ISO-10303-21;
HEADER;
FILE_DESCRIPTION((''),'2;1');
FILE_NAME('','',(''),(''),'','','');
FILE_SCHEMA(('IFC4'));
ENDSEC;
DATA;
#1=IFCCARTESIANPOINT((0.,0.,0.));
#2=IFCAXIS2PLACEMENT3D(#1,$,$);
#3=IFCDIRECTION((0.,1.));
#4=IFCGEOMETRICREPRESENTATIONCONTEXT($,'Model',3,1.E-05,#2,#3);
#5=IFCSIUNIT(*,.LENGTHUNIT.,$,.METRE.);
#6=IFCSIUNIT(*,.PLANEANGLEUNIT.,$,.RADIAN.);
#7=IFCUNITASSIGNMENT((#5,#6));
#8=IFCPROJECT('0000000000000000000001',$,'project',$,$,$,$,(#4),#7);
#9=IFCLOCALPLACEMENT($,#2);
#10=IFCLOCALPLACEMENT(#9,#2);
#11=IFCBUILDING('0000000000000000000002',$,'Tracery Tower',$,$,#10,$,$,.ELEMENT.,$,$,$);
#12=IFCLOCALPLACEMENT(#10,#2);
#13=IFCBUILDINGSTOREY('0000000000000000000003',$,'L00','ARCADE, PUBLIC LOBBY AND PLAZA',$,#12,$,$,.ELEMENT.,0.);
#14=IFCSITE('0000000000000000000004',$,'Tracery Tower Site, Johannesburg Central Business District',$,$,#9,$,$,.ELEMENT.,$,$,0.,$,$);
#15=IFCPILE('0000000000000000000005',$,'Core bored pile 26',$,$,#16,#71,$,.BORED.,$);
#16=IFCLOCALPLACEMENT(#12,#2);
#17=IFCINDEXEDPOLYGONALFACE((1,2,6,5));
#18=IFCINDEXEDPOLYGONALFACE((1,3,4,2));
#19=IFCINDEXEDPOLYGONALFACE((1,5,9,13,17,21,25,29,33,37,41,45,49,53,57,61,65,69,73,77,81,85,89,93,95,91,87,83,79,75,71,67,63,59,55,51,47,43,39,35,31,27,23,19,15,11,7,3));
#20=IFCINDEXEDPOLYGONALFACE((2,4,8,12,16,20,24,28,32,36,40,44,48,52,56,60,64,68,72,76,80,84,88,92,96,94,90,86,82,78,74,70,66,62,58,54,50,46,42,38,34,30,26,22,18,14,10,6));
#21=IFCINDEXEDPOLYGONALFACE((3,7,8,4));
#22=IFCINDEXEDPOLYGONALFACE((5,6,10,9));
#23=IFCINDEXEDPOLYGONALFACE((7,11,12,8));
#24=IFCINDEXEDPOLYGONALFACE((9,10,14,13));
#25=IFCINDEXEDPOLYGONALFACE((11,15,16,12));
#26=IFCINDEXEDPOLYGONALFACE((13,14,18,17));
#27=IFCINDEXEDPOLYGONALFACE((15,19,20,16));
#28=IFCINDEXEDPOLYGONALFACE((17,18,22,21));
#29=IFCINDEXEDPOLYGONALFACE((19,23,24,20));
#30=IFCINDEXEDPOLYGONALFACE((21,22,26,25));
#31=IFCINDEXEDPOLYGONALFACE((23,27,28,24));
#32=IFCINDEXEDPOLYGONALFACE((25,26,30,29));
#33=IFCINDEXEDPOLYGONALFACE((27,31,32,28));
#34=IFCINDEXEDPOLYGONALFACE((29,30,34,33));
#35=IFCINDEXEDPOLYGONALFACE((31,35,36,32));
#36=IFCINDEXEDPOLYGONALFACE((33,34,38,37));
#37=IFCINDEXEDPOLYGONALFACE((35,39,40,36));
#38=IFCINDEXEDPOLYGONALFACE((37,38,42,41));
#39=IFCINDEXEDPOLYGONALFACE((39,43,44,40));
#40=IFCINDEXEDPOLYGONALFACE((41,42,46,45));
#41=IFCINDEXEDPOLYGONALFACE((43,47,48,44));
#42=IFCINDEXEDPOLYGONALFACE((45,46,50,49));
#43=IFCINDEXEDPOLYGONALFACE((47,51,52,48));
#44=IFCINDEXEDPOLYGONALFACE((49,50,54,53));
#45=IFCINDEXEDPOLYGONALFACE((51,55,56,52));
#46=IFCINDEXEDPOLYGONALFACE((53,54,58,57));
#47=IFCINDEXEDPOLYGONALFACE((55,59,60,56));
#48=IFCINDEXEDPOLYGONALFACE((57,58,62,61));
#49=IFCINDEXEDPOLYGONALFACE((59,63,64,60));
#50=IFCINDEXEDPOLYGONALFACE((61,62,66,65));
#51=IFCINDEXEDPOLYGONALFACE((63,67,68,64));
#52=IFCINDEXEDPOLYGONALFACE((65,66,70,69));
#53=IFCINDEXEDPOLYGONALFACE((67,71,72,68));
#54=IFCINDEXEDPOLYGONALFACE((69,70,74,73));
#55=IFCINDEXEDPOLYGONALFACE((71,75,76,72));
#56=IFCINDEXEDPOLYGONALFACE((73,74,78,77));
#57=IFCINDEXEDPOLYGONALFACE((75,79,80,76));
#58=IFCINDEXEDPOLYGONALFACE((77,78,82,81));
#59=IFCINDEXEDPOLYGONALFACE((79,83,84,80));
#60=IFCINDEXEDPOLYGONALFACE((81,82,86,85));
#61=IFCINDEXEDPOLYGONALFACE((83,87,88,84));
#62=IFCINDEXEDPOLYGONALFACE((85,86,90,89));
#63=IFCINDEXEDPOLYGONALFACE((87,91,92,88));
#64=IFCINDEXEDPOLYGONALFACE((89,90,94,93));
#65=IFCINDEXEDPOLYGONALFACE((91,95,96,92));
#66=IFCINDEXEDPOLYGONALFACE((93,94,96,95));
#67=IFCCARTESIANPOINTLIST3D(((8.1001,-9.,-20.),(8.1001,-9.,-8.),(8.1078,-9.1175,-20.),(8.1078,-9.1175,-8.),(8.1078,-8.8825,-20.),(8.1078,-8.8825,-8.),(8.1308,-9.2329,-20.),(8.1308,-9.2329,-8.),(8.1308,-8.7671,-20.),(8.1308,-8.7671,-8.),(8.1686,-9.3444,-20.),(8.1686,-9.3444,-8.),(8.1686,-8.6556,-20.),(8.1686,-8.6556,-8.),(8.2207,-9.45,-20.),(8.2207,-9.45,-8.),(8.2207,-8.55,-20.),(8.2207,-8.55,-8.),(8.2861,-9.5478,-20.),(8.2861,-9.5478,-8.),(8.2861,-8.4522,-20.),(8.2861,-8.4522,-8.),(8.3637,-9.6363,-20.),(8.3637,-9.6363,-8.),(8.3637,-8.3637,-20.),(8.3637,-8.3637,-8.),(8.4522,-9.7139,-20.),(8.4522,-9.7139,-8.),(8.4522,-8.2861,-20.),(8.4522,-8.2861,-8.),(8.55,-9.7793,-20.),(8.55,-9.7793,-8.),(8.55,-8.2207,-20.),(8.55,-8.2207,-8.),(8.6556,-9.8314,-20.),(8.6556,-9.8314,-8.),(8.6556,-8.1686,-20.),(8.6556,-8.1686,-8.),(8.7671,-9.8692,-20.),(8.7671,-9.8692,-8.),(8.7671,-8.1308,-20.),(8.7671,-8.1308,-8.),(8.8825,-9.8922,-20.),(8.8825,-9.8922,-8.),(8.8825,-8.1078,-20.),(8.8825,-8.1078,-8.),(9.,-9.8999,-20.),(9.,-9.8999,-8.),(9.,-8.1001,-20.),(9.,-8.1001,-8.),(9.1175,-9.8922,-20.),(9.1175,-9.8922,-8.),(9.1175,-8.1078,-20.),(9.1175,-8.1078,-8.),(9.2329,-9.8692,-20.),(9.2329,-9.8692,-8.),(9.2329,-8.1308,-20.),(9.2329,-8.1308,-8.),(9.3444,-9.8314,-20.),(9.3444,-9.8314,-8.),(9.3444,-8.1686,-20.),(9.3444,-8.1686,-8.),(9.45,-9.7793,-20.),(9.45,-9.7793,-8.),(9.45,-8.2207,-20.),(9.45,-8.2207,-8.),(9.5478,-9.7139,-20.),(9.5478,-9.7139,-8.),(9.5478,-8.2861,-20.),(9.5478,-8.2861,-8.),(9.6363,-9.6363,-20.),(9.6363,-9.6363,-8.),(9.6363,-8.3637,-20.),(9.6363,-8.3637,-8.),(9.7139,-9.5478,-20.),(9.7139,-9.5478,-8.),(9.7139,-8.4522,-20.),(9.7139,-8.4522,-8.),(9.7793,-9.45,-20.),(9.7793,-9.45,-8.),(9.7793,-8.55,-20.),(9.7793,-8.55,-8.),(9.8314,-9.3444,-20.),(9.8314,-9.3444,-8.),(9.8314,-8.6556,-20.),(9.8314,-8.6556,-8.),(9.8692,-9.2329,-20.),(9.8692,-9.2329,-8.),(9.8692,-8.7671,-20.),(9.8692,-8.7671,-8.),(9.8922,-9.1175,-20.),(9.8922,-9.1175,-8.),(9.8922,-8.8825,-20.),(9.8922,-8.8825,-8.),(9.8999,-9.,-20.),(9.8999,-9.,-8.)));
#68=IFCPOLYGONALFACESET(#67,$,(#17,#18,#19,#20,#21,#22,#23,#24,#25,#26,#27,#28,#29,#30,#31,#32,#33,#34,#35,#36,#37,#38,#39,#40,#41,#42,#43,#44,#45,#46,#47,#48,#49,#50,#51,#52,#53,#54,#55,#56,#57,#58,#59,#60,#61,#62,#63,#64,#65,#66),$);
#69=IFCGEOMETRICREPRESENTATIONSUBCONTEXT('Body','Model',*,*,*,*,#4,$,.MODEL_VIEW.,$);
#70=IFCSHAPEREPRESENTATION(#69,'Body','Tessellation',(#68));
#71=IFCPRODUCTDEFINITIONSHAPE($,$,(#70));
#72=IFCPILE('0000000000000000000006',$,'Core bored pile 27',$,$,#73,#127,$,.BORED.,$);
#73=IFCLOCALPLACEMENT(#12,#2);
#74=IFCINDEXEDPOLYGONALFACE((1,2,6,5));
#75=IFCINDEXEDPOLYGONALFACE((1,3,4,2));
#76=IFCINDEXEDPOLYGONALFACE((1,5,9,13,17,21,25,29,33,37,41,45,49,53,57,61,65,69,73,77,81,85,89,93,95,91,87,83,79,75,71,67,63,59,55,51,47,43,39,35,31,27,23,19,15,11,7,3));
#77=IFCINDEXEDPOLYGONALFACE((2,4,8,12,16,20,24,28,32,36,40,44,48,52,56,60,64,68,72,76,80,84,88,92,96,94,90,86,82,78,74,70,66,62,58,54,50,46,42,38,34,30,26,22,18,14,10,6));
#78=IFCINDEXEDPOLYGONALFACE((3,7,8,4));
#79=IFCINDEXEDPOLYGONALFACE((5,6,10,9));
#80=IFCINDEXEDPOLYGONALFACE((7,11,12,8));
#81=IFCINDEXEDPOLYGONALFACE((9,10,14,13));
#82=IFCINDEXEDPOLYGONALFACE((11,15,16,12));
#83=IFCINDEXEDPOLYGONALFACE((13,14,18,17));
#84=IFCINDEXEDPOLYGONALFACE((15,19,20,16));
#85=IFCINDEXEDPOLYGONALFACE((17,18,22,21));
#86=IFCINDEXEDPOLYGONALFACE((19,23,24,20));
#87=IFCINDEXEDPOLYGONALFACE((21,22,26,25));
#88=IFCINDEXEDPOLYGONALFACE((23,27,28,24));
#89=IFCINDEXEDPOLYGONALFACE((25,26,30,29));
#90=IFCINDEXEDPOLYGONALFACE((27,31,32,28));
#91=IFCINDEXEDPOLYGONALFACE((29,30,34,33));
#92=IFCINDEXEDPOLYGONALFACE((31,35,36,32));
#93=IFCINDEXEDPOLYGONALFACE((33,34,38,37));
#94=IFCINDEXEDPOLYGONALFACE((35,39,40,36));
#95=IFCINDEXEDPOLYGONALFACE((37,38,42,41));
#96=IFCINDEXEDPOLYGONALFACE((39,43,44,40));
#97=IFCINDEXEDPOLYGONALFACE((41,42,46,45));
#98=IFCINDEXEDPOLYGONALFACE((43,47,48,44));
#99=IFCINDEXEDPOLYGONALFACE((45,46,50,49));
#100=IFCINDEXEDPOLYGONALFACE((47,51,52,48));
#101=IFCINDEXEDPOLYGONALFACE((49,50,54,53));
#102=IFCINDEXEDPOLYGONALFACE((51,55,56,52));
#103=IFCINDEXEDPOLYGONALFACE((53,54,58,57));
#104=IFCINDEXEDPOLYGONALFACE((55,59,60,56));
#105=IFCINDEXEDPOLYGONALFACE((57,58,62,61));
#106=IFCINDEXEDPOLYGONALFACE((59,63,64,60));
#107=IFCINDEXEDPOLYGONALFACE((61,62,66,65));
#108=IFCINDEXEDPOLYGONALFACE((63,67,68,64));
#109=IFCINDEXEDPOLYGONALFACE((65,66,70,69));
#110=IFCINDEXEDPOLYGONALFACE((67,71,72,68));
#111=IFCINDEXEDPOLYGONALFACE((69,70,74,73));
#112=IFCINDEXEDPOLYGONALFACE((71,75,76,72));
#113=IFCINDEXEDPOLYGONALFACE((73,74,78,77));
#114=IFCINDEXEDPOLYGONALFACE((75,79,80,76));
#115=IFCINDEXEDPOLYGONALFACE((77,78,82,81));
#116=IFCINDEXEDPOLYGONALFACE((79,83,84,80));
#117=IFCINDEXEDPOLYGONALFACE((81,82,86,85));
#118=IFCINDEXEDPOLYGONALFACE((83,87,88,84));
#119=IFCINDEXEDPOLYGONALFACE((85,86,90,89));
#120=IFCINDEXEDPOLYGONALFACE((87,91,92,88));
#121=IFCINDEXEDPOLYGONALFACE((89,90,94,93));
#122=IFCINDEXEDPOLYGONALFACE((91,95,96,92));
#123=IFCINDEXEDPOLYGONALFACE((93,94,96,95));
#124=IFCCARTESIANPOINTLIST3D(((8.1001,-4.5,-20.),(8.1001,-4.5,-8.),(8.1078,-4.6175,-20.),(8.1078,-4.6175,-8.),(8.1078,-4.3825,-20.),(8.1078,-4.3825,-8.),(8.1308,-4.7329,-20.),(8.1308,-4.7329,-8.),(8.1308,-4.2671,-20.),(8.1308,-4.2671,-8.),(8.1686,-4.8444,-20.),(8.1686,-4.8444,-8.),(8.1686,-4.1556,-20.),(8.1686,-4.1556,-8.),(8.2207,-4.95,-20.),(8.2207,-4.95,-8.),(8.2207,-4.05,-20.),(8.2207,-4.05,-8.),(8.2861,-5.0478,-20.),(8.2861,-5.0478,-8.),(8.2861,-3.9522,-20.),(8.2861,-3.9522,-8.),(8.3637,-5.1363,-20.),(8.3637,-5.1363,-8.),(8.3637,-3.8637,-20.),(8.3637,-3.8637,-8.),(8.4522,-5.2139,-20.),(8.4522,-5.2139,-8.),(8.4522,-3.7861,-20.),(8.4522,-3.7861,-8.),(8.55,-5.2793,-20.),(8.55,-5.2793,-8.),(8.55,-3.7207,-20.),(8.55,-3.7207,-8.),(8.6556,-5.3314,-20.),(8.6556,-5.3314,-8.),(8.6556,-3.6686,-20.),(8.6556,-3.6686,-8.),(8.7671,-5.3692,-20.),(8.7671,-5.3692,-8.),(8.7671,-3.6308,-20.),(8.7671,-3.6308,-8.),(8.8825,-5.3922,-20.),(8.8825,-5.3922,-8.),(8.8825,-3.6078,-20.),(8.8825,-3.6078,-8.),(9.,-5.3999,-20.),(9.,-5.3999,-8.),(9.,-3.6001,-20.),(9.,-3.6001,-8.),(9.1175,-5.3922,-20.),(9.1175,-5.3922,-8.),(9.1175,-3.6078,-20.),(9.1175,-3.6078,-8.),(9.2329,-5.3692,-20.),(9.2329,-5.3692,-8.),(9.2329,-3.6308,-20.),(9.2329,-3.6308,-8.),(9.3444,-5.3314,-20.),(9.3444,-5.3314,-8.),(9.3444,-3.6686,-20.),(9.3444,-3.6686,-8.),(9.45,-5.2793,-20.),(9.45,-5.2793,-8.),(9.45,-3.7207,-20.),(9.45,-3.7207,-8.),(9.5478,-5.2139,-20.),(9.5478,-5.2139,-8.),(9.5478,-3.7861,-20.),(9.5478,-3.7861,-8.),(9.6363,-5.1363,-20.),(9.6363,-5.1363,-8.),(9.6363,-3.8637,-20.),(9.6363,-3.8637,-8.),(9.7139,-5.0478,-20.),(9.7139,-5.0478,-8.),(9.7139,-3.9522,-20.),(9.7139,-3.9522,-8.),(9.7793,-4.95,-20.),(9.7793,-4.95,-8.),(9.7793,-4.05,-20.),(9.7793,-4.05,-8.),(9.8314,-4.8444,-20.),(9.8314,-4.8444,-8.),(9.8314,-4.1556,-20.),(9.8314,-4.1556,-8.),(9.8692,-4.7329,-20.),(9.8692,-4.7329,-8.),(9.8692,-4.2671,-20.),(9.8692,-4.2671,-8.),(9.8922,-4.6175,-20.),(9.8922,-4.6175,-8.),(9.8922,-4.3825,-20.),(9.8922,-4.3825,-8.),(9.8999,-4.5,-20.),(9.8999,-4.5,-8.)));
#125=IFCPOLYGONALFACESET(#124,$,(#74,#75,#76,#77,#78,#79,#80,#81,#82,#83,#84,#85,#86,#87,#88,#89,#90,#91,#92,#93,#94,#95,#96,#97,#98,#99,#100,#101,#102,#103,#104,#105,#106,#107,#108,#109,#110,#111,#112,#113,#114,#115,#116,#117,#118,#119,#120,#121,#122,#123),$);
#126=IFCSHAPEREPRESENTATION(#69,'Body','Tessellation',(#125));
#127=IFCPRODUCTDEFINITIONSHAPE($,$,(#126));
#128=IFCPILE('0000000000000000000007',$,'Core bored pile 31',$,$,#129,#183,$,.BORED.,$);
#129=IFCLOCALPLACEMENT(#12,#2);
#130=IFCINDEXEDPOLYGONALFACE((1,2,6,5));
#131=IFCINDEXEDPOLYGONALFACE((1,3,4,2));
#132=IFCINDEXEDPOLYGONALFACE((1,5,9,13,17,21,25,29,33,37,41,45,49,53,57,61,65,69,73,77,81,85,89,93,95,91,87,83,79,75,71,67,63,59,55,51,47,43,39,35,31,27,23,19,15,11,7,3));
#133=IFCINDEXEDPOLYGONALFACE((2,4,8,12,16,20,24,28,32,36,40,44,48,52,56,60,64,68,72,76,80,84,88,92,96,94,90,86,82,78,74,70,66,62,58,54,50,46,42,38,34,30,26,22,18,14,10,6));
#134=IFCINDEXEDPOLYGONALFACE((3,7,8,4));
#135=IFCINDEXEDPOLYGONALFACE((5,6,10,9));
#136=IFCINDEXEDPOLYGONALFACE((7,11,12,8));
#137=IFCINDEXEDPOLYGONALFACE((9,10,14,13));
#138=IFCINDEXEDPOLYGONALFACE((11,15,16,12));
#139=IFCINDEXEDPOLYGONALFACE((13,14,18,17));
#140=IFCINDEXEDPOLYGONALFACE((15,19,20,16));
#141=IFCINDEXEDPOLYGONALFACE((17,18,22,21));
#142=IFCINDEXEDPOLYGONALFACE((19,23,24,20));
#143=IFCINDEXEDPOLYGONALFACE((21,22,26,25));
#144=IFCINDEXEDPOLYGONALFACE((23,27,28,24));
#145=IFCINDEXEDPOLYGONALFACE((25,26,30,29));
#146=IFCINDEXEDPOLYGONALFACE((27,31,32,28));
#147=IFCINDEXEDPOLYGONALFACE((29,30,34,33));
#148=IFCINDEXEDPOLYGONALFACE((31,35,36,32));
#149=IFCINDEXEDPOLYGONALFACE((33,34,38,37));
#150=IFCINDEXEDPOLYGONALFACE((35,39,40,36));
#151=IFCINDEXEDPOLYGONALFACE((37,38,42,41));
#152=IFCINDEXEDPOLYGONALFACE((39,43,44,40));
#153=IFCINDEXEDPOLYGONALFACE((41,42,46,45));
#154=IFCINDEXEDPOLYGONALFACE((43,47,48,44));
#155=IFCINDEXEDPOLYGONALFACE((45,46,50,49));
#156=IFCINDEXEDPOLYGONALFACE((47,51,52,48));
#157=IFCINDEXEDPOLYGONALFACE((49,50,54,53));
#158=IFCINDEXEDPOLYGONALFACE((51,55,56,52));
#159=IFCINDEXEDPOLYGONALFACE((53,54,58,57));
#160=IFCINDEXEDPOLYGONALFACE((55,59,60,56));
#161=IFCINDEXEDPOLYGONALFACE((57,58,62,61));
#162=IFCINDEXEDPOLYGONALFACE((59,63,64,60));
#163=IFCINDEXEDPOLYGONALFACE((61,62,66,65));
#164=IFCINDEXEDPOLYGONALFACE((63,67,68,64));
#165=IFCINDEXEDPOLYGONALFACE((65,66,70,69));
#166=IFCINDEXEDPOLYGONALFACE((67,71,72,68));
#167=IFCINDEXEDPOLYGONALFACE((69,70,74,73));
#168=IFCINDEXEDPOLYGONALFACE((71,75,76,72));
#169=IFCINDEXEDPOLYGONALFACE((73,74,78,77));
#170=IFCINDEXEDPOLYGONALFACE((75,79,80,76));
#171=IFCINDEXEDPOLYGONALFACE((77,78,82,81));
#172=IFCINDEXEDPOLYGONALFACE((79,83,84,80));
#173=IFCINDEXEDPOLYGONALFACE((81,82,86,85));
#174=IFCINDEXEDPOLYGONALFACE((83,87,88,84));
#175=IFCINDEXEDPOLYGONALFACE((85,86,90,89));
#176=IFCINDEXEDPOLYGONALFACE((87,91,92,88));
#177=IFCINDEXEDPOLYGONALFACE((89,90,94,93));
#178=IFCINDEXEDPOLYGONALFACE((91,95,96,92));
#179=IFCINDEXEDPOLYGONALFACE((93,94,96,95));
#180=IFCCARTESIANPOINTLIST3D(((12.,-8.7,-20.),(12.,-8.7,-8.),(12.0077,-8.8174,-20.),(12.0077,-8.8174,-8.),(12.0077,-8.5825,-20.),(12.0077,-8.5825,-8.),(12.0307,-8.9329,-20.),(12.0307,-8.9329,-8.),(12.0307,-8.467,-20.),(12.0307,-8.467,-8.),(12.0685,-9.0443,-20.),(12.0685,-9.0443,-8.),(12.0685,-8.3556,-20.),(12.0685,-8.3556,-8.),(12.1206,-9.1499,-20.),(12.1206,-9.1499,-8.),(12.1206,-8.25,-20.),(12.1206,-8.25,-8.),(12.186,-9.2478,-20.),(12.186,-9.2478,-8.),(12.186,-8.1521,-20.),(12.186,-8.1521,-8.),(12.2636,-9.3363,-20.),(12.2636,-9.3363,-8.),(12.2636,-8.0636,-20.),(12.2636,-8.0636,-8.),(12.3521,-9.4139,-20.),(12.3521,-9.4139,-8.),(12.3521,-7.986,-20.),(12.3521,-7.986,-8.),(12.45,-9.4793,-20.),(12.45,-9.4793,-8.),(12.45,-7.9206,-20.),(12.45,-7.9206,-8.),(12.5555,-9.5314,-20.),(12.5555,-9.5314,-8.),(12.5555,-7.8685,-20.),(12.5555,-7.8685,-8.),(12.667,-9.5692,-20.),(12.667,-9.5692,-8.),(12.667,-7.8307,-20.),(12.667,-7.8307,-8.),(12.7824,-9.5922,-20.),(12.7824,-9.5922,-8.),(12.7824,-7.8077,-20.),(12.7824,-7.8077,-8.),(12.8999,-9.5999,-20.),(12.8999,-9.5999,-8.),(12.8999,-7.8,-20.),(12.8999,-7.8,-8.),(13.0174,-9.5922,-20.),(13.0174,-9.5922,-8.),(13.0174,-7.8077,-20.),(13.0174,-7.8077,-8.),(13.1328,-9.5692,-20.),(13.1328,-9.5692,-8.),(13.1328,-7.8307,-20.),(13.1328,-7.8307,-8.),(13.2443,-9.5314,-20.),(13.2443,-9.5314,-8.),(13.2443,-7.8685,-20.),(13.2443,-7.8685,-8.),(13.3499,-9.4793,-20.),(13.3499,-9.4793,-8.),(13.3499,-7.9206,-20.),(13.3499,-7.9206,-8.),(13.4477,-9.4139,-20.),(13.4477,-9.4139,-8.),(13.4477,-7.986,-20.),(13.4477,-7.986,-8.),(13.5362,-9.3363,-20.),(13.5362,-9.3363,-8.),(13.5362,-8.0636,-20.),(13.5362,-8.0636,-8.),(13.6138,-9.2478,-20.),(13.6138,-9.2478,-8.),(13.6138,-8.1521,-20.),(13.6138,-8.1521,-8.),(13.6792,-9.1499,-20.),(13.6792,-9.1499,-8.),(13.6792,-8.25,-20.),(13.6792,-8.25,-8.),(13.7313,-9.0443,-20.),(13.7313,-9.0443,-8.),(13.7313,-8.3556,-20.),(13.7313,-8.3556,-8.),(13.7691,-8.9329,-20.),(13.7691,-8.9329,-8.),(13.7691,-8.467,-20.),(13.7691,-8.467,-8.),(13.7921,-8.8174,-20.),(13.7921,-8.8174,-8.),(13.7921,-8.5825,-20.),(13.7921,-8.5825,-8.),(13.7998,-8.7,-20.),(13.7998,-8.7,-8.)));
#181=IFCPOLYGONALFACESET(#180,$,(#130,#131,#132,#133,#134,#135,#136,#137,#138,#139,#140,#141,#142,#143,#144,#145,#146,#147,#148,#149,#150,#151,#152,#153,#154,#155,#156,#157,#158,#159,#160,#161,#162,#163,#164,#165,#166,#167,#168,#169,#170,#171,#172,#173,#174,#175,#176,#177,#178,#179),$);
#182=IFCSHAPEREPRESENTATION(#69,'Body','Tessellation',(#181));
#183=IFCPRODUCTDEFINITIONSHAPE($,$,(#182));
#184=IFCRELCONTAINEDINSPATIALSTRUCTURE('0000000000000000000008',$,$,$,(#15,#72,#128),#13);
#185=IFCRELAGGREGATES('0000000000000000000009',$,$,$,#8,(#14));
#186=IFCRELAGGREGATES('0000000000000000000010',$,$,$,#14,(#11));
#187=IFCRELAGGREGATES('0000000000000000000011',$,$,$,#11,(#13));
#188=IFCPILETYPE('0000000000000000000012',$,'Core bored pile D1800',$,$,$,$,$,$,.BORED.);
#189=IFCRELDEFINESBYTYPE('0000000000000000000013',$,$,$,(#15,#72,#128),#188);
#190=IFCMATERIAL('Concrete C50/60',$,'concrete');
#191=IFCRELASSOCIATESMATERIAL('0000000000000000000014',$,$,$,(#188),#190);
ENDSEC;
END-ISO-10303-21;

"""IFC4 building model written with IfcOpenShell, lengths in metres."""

from ifc_helpers import new_model, si_unit, direction, frame, origin, origin_2d, place, context, subcontext, project, spatial, circle, extrude, material, material_profile, profile_set, type_object, element, save


model = new_model("IFC4")

# Units and contexts
model_context = context("Model", 3, precision=1e-05, world=origin(), true_north=direction((0.0, 1.0)))
body_context = subcontext(model_context, "Body", "Model", "MODEL_VIEW")
ifc_project = project(units=[si_unit("LENGTHUNIT", "METRE"), si_unit("PLANEANGLEUNIT", "RADIAN")], contexts=[model_context])

# Site, building, storey
site_placement = place(None, origin())
site = spatial("IfcSite", under=ifc_project, at=site_placement, Name="Tracery Tower Site, Johannesburg Central Business District", CompositionType="ELEMENT", RefElevation=0.0)
building_placement = place(site_placement, origin())
building = spatial("IfcBuilding", under=site, at=building_placement, Name="Tracery Tower", CompositionType="ELEMENT")
storey_placement = place(building_placement, origin())
storey = spatial("IfcBuildingStorey", under=building, at=storey_placement, Name="L00", Description="ARCADE, PUBLIC LOBBY AND PLAZA", CompositionType="ELEMENT", Elevation=0.0)

# Piles
ifc_material_1 = material(Name="Concrete C50/60", Category="concrete")
ifc_material_profile_1 = material_profile(ifc_material_1, circle(Radius=0.8999, at=origin_2d()), Name="RC D1800")
ifc_profile_set_1 = profile_set([ifc_material_profile_1], Name="Concrete C50/60")
pile_type_1 = type_object("IfcPileType", Name="Core bored pile D1800", PredefinedType="BORED", material=ifc_profile_set_1)
for number, where, z_axis, x_axis, name in (
    (1, (9.0, -9.0, -8.0), (0.0, 0.0, -1.0), (1.0, 0.0, 0.0), "Core bored pile 26"),
    (2, (9.0, -4.5, -8.0), (0.0, 0.0, -1.0), (1.0, 0.0, 0.0), "Core bored pile 27"),
    (3, (12.8999, -8.7, -8.0), (0.0, 0.0, -1.0), (1.0, 0.0, 0.0), "Core bored pile 31"),
):
    element("IfcPile", number, at=place(storey_placement, frame(where, z_axis=z_axis, x_axis=x_axis)), inside=storey, type_object=pile_type_1, Name=name, PredefinedType="BORED", context=body_context, shape_type="SweptSolid", body=[
        extrude(circle(Radius=0.8999, at=origin_2d()), origin(), (0.0, 0.0, 1.0), 12.0),
    ])

save(model, "model.ifc")
